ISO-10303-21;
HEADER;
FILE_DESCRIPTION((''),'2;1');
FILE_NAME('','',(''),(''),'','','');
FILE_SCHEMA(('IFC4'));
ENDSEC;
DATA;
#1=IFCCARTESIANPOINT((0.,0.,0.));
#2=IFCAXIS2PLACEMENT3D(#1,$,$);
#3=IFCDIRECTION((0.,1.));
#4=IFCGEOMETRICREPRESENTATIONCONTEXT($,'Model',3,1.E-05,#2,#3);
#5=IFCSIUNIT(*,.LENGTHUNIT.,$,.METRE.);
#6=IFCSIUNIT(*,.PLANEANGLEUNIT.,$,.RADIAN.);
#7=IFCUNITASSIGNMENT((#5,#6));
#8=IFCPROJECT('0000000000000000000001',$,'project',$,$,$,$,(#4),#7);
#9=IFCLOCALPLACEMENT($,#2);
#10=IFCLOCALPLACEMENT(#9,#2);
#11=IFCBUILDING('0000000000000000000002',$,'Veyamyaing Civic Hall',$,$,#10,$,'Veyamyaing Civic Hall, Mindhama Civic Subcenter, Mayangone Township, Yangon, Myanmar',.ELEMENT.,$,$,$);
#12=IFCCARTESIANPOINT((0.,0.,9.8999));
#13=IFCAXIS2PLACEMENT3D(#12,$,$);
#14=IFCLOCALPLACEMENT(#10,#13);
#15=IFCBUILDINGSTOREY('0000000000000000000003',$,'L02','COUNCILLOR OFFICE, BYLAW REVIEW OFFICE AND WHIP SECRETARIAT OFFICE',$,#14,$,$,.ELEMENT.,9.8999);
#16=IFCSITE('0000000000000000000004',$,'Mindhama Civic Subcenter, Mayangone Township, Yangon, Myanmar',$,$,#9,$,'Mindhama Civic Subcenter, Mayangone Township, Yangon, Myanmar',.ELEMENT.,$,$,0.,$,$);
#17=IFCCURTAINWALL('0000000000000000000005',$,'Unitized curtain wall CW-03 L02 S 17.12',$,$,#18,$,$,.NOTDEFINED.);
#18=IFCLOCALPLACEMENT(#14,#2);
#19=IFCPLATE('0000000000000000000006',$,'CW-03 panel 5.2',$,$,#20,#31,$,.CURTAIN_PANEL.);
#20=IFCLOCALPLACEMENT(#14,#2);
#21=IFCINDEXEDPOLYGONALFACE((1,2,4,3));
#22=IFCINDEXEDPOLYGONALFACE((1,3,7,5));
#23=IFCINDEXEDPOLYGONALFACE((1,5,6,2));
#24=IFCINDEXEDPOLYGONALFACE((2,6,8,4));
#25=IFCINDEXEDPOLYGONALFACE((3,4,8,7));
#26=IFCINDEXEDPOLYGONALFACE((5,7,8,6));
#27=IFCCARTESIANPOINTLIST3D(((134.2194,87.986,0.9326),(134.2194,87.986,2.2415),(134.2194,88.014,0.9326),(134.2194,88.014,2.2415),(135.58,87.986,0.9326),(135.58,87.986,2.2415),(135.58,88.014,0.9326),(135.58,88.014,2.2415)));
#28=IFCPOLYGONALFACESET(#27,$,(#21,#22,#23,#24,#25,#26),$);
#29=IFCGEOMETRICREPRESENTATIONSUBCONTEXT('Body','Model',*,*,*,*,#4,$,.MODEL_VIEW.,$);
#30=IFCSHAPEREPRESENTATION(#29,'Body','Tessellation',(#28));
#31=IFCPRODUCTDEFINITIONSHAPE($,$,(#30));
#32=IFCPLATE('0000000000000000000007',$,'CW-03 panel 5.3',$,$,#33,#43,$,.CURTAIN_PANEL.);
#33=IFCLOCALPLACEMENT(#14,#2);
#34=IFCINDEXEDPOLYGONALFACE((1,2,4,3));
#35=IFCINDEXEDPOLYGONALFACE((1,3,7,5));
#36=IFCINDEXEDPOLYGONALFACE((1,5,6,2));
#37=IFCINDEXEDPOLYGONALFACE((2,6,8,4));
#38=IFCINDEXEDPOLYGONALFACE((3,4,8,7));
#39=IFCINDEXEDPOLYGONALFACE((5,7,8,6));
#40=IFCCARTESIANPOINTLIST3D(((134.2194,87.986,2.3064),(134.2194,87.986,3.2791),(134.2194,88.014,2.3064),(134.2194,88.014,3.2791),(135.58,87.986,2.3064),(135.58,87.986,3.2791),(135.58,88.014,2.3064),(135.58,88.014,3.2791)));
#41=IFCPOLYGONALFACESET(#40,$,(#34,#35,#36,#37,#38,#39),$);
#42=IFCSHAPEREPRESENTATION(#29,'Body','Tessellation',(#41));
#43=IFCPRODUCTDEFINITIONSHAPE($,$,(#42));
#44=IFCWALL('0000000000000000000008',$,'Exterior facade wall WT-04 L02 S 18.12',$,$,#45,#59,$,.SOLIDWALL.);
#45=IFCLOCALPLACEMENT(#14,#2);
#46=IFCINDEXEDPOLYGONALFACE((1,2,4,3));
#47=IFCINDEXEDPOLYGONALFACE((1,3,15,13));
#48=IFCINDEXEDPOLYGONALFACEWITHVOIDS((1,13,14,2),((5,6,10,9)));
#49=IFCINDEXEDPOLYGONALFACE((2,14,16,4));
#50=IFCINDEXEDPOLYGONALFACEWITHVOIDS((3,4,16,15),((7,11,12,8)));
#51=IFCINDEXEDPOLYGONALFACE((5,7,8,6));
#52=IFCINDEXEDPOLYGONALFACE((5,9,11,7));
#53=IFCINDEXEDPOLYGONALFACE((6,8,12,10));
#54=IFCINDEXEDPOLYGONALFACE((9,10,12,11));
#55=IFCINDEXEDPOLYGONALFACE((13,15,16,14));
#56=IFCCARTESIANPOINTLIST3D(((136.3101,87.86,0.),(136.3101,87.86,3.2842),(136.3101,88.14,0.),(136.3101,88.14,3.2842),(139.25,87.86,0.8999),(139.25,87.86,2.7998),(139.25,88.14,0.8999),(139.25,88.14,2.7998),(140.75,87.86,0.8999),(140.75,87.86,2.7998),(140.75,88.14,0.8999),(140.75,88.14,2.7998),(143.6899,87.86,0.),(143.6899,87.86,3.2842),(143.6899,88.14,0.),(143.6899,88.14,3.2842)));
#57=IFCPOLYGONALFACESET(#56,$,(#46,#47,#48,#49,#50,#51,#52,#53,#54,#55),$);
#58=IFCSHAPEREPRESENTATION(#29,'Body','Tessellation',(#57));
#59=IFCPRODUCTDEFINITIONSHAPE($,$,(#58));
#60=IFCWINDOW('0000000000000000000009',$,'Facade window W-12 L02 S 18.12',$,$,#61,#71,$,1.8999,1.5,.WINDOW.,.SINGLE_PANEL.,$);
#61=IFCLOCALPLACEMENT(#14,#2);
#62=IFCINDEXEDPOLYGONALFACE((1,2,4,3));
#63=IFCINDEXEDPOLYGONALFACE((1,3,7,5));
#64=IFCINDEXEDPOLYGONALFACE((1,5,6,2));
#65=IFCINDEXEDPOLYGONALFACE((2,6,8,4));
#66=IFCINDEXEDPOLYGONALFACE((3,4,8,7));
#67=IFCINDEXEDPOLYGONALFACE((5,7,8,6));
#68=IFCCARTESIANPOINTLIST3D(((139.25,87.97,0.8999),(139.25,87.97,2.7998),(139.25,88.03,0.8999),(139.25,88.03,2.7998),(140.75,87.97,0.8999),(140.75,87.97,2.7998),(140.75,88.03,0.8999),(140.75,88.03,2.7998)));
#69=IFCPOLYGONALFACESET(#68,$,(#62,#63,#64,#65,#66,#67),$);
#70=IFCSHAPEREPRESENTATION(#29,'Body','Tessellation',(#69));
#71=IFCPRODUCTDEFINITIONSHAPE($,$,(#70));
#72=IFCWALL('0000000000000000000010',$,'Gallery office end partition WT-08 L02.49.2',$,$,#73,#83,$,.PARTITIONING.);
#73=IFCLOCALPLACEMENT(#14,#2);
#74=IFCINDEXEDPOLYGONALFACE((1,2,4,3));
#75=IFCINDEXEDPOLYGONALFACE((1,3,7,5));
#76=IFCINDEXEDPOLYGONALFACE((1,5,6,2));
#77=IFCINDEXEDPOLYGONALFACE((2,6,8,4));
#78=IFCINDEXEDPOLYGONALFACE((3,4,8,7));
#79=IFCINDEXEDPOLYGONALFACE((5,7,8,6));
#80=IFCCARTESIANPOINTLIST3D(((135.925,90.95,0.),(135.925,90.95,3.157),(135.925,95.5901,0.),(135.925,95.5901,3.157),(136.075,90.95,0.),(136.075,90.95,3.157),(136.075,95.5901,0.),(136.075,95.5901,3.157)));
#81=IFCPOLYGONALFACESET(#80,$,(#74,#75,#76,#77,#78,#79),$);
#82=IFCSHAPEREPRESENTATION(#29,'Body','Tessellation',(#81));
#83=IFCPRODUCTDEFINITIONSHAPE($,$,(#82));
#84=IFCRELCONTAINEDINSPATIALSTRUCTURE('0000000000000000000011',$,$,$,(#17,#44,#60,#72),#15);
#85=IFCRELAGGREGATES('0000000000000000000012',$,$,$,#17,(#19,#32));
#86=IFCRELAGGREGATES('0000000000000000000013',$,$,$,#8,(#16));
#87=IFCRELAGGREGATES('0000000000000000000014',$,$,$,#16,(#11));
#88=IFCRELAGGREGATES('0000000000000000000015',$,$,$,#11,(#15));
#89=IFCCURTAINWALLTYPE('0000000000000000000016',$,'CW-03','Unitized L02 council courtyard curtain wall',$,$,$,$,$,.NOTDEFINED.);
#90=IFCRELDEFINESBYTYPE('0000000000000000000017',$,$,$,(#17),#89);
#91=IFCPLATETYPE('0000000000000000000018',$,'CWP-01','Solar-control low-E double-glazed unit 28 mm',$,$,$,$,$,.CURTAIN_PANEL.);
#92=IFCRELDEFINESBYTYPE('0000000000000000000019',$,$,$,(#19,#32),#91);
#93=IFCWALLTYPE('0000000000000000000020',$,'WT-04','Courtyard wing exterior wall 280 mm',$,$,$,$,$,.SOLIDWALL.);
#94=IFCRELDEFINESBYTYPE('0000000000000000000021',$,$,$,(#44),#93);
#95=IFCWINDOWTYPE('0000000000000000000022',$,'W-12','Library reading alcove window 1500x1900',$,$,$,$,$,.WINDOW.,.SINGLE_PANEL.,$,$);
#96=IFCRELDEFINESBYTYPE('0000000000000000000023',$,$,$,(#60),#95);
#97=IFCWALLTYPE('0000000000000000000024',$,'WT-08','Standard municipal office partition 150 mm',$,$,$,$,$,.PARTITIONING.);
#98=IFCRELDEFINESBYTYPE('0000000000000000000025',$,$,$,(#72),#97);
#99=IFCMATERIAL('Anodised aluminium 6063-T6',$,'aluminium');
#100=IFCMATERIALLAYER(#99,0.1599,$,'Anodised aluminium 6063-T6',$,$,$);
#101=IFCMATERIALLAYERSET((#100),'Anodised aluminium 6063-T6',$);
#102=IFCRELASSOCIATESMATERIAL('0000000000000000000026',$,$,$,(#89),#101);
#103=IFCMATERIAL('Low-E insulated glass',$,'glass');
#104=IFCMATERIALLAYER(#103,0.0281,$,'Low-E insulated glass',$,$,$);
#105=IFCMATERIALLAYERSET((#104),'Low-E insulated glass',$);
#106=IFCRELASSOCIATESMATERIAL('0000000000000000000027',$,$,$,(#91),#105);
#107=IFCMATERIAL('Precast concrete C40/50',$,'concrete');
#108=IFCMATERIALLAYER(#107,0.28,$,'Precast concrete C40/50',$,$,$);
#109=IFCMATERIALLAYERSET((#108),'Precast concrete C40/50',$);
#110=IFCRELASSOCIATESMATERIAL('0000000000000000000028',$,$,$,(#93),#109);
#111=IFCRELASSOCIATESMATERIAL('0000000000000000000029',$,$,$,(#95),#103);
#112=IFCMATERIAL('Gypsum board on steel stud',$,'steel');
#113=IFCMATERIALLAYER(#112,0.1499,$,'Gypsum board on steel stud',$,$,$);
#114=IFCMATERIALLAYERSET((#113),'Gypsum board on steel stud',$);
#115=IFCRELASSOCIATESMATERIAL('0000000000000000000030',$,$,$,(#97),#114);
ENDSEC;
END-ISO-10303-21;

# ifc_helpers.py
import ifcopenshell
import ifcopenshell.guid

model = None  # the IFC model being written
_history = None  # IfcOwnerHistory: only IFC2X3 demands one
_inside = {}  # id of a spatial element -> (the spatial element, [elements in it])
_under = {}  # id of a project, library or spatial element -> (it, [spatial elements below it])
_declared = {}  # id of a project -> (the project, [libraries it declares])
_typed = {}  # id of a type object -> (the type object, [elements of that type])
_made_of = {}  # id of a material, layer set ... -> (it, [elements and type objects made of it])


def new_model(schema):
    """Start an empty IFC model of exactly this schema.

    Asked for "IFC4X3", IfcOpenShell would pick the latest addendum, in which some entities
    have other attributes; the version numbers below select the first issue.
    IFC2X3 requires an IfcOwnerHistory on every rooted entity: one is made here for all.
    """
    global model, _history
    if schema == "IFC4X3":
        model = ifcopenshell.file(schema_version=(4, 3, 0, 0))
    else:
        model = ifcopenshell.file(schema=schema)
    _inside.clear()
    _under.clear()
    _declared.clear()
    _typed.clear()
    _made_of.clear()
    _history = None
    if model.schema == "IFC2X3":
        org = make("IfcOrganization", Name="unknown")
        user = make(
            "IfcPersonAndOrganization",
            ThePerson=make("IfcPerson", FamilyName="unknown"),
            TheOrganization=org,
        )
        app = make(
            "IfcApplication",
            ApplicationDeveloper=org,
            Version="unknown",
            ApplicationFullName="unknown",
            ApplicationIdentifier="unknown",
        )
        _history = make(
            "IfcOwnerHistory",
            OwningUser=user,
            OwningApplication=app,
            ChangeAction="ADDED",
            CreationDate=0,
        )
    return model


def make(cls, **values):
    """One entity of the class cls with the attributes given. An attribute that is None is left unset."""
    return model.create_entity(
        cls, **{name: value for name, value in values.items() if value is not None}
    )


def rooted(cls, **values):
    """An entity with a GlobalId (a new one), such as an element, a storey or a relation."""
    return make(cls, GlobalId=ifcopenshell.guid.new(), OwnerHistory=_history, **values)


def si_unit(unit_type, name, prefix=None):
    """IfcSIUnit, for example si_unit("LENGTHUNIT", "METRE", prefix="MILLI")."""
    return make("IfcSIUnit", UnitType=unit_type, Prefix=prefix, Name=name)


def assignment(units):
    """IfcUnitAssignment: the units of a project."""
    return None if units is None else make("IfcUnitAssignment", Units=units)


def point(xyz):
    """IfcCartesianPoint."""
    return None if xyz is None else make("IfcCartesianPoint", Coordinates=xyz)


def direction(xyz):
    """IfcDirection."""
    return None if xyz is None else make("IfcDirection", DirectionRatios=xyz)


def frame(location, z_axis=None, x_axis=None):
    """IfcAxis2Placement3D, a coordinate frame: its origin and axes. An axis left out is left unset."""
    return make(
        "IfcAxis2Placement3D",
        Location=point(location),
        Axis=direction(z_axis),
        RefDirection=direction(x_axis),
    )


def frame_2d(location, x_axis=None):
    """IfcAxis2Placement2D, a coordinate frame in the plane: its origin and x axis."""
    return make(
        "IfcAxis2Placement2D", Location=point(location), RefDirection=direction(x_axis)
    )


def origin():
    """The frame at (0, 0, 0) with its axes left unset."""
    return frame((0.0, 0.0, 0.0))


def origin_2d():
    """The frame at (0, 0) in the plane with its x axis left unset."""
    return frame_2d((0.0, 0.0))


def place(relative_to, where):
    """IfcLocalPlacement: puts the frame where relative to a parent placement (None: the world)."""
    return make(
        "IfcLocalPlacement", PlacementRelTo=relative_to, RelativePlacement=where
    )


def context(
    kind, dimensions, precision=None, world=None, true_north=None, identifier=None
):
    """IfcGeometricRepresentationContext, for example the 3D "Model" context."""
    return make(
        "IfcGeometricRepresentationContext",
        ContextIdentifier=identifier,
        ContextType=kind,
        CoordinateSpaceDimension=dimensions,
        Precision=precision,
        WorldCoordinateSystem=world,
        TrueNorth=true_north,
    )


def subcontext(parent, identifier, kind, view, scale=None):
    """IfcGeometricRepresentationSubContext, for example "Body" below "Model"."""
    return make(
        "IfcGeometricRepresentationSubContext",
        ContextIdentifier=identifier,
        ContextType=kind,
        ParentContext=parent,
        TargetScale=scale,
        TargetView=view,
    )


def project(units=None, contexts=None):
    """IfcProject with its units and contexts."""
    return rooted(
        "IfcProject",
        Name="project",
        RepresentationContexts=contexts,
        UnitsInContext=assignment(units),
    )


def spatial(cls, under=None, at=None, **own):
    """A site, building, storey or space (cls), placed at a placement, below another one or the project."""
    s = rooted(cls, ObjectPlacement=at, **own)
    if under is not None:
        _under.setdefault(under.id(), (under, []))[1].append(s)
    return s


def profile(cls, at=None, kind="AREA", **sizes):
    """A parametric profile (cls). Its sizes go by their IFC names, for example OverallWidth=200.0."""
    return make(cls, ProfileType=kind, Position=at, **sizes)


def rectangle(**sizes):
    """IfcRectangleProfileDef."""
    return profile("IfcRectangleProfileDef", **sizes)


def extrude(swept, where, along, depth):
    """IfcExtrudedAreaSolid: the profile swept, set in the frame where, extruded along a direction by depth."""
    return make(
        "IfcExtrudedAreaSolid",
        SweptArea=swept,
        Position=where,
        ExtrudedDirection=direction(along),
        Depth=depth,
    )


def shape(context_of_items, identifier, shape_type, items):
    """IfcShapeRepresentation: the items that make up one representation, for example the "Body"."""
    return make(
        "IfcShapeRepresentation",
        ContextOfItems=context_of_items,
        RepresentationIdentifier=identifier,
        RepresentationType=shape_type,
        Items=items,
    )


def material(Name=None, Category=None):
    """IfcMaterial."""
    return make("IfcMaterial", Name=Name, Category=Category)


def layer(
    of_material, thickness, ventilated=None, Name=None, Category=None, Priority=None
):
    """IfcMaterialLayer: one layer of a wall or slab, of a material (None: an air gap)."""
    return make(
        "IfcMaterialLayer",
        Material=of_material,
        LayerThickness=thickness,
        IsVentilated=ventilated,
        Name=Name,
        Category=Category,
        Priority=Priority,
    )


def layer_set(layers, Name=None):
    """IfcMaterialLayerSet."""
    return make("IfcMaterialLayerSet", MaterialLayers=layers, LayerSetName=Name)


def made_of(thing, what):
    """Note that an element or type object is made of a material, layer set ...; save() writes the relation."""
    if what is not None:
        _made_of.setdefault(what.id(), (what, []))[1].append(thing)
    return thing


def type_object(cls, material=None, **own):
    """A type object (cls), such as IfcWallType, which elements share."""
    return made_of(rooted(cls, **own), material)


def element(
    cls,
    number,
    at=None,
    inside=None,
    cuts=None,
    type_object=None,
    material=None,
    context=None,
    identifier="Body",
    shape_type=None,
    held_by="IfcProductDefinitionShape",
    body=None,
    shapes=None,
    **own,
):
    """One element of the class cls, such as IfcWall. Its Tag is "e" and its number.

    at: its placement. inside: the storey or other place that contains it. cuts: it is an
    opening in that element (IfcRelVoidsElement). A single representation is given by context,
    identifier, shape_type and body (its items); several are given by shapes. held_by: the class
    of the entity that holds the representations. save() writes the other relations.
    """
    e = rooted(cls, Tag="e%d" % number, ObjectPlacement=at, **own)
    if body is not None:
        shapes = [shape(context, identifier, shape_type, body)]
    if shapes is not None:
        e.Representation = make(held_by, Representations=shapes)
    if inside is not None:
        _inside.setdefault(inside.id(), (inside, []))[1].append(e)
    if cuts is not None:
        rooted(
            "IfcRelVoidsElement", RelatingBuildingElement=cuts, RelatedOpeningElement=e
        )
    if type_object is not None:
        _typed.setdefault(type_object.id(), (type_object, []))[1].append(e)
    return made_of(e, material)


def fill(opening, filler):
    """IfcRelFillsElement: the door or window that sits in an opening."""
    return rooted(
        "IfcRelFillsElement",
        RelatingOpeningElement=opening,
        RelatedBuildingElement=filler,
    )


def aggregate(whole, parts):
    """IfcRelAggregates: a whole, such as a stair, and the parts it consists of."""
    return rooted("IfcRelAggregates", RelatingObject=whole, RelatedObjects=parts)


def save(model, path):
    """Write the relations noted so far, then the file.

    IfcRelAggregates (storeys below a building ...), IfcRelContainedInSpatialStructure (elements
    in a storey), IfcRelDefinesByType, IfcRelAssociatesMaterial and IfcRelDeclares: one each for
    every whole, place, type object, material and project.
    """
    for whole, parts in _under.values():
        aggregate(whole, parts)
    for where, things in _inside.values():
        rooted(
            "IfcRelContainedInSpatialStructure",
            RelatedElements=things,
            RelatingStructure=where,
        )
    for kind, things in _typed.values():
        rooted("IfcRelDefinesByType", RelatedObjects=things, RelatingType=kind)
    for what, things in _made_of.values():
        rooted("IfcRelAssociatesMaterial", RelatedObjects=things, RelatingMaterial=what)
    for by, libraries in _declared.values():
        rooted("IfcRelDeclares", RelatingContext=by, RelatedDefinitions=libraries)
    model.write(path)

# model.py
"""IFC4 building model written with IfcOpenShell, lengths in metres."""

from ifc_helpers import new_model, si_unit, direction, frame, frame_2d, origin, origin_2d, place, context, subcontext, project, spatial, rectangle, extrude, material, layer, layer_set, type_object, element, fill, aggregate, save


model = new_model("IFC4")

# Units and contexts
model_context = context("Model", 3, precision=1e-05, world=origin(), true_north=direction((0.0, 1.0)))
body_context = subcontext(model_context, "Body", "Model", "MODEL_VIEW")
ifc_project = project(units=[si_unit("LENGTHUNIT", "METRE"), si_unit("PLANEANGLEUNIT", "RADIAN")], contexts=[model_context])

# Site, building, storey
site_placement = place(None, origin())
site = spatial("IfcSite", under=ifc_project, at=site_placement, Name="Mindhama Civic Subcenter, Mayangone Township, Yangon, Myanmar", LongName="Mindhama Civic Subcenter, Mayangone Township, Yangon, Myanmar", CompositionType="ELEMENT", RefElevation=0.0)
building_placement = place(site_placement, origin())
building = spatial("IfcBuilding", under=site, at=building_placement, Name="Veyamyaing Civic Hall", LongName="Veyamyaing Civic Hall, Mindhama Civic Subcenter, Mayangone Township, Yangon, Myanmar", CompositionType="ELEMENT")
storey_placement = place(building_placement, frame((0.0, 0.0, 9.8999)))
storey = spatial("IfcBuildingStorey", under=building, at=storey_placement, Name="L02", Description="COUNCILLOR OFFICE, BYLAW REVIEW OFFICE AND WHIP SECRETARIAT OFFICE", CompositionType="ELEMENT", Elevation=9.8999)

# Curtain wall
ifc_material_1 = material(Name="Anodised aluminium 6063-T6", Category="aluminium")
ifc_layer_1 = layer(ifc_material_1, 0.1599, Name="Anodised aluminium 6063-T6")
ifc_layer_set_1 = layer_set([ifc_layer_1], Name="Anodised aluminium 6063-T6")
curtain_wall_type = type_object("IfcCurtainWallType", Name="CW-03", Description="Unitized L02 council courtyard curtain wall", PredefinedType="NOTDEFINED", material=ifc_layer_set_1)
curtain_wall_placement = place(storey_placement, origin())
curtain_wall = element("IfcCurtainWall", 1, at=curtain_wall_placement, inside=storey, type_object=curtain_wall_type, Name="Unitized curtain wall CW-03 L02 S 17.12", PredefinedType="NOTDEFINED")

# Plates
ifc_material_2 = material(Name="Low-E insulated glass", Category="glass")
ifc_layer_2 = layer(ifc_material_2, 0.0281, Name="Low-E insulated glass")
ifc_layer_set_2 = layer_set([ifc_layer_2], Name="Low-E insulated glass")
plate_type = type_object("IfcPlateType", Name="CWP-01", Description="Solar-control low-E double-glazed unit 28 mm", PredefinedType="CURTAIN_PANEL", material=ifc_layer_set_2)
plate_1_placement = place(storey_placement, frame((134.8997, 88.0, 0.9326), z_axis=(0.0, 0.0, 1.0), x_axis=(1.0, 0.0, 0.0)))
plate_1 = element("IfcPlate", 2, at=plate_1_placement, type_object=plate_type, Name="CW-03 panel 5.2", PredefinedType="CURTAIN_PANEL", context=body_context, shape_type="SweptSolid", body=[
    extrude(rectangle(XDim=1.3606, YDim=0.0281, at=origin_2d()), origin(), (0.0, 0.0, 1.0), 1.3088),
])
plate_2_placement = place(storey_placement, frame((134.8997, 88.0, 2.3064), z_axis=(0.0, 0.0, 1.0), x_axis=(1.0, 0.0, 0.0)))
plate_2 = element("IfcPlate", 3, at=plate_2_placement, type_object=plate_type, Name="CW-03 panel 5.3", PredefinedType="CURTAIN_PANEL", context=body_context, shape_type="SweptSolid", body=[
    extrude(rectangle(XDim=1.3606, YDim=0.0281, at=origin_2d()), origin(), (0.0, 0.0, 1.0), 0.9727),
])
aggregate(curtain_wall, [plate_1, plate_2])

# Wall, opening, window
ifc_material_3 = material(Name="Precast concrete C40/50", Category="concrete")
ifc_layer_3 = layer(ifc_material_3, 0.28, Name="Precast concrete C40/50")
ifc_layer_set_3 = layer_set([ifc_layer_3], Name="Precast concrete C40/50")
wall_type_1 = type_object("IfcWallType", Name="WT-04", Description="Courtyard wing exterior wall 280 mm", PredefinedType="SOLIDWALL", material=ifc_layer_set_3)
wall_1_placement = place(storey_placement, frame((136.3101, 88.0, 0.0), z_axis=(0.0, 0.0, 1.0), x_axis=(1.0, 0.0, 0.0)))
wall_1 = element("IfcWall", 4, at=wall_1_placement, inside=storey, type_object=wall_type_1, Name="Exterior facade wall WT-04 L02 S 18.12", PredefinedType="SOLIDWALL", context=body_context, shape_type="SweptSolid", body=[
    extrude(rectangle(XDim=7.3799, YDim=0.28, at=frame_2d((3.6899, 0.0))), origin(), (0.0, 0.0, 1.0), 3.2842),
])
opening_placement = place(wall_1_placement, frame((2.9399, 0.0, 0.8999)))
opening = element("IfcOpeningElement", 5, at=opening_placement, cuts=wall_1, PredefinedType="OPENING", context=body_context, shape_type="SweptSolid", body=[
    extrude(rectangle(XDim=1.5, YDim=1.8999, at=frame_2d((0.75, 0.95))), frame((0.0, 0.1499, 0.0), z_axis=(0.0, -1.0, 0.0), x_axis=(1.0, 0.0, 0.0)), (0.0, 0.0, 1.0), 0.3),
])
window_type = type_object("IfcWindowType", Name="W-12", Description="Library reading alcove window 1500x1900", PartitioningType="SINGLE_PANEL", PredefinedType="WINDOW", material=ifc_material_2)
window_placement = place(opening_placement, origin())
window = element("IfcWindow", 6, at=window_placement, inside=storey, type_object=window_type, Name="Facade window W-12 L02 S 18.12", OverallHeight=1.8999, OverallWidth=1.5, PartitioningType="SINGLE_PANEL", PredefinedType="WINDOW", context=body_context, shape_type="SweptSolid", body=[
    extrude(rectangle(XDim=1.5, YDim=1.8999, at=frame_2d((0.75, 0.95))), frame((0.0, 0.03, 0.0), z_axis=(0.0, -1.0, 0.0), x_axis=(1.0, 0.0, 0.0)), (0.0, 0.0, 1.0), 0.0601),
])
fill(opening, window)

# Wall
ifc_material_4 = material(Name="Gypsum board on steel stud", Category="steel")
ifc_layer_4 = layer(ifc_material_4, 0.1499, Name="Gypsum board on steel stud")
ifc_layer_set_4 = layer_set([ifc_layer_4], Name="Gypsum board on steel stud")
wall_type_2 = type_object("IfcWallType", Name="WT-08", Description="Standard municipal office partition 150 mm", PredefinedType="PARTITIONING", material=ifc_layer_set_4)
wall_2_placement = place(storey_placement, frame((136.0, 90.95, 0.0), z_axis=(0.0, 0.0, 1.0), x_axis=(0.0, 1.0, 0.0)))
element("IfcWall", 7, at=wall_2_placement, inside=storey, type_object=wall_type_2, Name="Gallery office end partition WT-08 L02.49.2", PredefinedType="PARTITIONING", context=body_context, shape_type="SweptSolid", body=[
    extrude(rectangle(XDim=4.6401, YDim=0.1499, at=frame_2d((2.3201, 0.0))), origin(), (0.0, 0.0, 1.0), 3.157),
])

save(model, "model.ifc")
